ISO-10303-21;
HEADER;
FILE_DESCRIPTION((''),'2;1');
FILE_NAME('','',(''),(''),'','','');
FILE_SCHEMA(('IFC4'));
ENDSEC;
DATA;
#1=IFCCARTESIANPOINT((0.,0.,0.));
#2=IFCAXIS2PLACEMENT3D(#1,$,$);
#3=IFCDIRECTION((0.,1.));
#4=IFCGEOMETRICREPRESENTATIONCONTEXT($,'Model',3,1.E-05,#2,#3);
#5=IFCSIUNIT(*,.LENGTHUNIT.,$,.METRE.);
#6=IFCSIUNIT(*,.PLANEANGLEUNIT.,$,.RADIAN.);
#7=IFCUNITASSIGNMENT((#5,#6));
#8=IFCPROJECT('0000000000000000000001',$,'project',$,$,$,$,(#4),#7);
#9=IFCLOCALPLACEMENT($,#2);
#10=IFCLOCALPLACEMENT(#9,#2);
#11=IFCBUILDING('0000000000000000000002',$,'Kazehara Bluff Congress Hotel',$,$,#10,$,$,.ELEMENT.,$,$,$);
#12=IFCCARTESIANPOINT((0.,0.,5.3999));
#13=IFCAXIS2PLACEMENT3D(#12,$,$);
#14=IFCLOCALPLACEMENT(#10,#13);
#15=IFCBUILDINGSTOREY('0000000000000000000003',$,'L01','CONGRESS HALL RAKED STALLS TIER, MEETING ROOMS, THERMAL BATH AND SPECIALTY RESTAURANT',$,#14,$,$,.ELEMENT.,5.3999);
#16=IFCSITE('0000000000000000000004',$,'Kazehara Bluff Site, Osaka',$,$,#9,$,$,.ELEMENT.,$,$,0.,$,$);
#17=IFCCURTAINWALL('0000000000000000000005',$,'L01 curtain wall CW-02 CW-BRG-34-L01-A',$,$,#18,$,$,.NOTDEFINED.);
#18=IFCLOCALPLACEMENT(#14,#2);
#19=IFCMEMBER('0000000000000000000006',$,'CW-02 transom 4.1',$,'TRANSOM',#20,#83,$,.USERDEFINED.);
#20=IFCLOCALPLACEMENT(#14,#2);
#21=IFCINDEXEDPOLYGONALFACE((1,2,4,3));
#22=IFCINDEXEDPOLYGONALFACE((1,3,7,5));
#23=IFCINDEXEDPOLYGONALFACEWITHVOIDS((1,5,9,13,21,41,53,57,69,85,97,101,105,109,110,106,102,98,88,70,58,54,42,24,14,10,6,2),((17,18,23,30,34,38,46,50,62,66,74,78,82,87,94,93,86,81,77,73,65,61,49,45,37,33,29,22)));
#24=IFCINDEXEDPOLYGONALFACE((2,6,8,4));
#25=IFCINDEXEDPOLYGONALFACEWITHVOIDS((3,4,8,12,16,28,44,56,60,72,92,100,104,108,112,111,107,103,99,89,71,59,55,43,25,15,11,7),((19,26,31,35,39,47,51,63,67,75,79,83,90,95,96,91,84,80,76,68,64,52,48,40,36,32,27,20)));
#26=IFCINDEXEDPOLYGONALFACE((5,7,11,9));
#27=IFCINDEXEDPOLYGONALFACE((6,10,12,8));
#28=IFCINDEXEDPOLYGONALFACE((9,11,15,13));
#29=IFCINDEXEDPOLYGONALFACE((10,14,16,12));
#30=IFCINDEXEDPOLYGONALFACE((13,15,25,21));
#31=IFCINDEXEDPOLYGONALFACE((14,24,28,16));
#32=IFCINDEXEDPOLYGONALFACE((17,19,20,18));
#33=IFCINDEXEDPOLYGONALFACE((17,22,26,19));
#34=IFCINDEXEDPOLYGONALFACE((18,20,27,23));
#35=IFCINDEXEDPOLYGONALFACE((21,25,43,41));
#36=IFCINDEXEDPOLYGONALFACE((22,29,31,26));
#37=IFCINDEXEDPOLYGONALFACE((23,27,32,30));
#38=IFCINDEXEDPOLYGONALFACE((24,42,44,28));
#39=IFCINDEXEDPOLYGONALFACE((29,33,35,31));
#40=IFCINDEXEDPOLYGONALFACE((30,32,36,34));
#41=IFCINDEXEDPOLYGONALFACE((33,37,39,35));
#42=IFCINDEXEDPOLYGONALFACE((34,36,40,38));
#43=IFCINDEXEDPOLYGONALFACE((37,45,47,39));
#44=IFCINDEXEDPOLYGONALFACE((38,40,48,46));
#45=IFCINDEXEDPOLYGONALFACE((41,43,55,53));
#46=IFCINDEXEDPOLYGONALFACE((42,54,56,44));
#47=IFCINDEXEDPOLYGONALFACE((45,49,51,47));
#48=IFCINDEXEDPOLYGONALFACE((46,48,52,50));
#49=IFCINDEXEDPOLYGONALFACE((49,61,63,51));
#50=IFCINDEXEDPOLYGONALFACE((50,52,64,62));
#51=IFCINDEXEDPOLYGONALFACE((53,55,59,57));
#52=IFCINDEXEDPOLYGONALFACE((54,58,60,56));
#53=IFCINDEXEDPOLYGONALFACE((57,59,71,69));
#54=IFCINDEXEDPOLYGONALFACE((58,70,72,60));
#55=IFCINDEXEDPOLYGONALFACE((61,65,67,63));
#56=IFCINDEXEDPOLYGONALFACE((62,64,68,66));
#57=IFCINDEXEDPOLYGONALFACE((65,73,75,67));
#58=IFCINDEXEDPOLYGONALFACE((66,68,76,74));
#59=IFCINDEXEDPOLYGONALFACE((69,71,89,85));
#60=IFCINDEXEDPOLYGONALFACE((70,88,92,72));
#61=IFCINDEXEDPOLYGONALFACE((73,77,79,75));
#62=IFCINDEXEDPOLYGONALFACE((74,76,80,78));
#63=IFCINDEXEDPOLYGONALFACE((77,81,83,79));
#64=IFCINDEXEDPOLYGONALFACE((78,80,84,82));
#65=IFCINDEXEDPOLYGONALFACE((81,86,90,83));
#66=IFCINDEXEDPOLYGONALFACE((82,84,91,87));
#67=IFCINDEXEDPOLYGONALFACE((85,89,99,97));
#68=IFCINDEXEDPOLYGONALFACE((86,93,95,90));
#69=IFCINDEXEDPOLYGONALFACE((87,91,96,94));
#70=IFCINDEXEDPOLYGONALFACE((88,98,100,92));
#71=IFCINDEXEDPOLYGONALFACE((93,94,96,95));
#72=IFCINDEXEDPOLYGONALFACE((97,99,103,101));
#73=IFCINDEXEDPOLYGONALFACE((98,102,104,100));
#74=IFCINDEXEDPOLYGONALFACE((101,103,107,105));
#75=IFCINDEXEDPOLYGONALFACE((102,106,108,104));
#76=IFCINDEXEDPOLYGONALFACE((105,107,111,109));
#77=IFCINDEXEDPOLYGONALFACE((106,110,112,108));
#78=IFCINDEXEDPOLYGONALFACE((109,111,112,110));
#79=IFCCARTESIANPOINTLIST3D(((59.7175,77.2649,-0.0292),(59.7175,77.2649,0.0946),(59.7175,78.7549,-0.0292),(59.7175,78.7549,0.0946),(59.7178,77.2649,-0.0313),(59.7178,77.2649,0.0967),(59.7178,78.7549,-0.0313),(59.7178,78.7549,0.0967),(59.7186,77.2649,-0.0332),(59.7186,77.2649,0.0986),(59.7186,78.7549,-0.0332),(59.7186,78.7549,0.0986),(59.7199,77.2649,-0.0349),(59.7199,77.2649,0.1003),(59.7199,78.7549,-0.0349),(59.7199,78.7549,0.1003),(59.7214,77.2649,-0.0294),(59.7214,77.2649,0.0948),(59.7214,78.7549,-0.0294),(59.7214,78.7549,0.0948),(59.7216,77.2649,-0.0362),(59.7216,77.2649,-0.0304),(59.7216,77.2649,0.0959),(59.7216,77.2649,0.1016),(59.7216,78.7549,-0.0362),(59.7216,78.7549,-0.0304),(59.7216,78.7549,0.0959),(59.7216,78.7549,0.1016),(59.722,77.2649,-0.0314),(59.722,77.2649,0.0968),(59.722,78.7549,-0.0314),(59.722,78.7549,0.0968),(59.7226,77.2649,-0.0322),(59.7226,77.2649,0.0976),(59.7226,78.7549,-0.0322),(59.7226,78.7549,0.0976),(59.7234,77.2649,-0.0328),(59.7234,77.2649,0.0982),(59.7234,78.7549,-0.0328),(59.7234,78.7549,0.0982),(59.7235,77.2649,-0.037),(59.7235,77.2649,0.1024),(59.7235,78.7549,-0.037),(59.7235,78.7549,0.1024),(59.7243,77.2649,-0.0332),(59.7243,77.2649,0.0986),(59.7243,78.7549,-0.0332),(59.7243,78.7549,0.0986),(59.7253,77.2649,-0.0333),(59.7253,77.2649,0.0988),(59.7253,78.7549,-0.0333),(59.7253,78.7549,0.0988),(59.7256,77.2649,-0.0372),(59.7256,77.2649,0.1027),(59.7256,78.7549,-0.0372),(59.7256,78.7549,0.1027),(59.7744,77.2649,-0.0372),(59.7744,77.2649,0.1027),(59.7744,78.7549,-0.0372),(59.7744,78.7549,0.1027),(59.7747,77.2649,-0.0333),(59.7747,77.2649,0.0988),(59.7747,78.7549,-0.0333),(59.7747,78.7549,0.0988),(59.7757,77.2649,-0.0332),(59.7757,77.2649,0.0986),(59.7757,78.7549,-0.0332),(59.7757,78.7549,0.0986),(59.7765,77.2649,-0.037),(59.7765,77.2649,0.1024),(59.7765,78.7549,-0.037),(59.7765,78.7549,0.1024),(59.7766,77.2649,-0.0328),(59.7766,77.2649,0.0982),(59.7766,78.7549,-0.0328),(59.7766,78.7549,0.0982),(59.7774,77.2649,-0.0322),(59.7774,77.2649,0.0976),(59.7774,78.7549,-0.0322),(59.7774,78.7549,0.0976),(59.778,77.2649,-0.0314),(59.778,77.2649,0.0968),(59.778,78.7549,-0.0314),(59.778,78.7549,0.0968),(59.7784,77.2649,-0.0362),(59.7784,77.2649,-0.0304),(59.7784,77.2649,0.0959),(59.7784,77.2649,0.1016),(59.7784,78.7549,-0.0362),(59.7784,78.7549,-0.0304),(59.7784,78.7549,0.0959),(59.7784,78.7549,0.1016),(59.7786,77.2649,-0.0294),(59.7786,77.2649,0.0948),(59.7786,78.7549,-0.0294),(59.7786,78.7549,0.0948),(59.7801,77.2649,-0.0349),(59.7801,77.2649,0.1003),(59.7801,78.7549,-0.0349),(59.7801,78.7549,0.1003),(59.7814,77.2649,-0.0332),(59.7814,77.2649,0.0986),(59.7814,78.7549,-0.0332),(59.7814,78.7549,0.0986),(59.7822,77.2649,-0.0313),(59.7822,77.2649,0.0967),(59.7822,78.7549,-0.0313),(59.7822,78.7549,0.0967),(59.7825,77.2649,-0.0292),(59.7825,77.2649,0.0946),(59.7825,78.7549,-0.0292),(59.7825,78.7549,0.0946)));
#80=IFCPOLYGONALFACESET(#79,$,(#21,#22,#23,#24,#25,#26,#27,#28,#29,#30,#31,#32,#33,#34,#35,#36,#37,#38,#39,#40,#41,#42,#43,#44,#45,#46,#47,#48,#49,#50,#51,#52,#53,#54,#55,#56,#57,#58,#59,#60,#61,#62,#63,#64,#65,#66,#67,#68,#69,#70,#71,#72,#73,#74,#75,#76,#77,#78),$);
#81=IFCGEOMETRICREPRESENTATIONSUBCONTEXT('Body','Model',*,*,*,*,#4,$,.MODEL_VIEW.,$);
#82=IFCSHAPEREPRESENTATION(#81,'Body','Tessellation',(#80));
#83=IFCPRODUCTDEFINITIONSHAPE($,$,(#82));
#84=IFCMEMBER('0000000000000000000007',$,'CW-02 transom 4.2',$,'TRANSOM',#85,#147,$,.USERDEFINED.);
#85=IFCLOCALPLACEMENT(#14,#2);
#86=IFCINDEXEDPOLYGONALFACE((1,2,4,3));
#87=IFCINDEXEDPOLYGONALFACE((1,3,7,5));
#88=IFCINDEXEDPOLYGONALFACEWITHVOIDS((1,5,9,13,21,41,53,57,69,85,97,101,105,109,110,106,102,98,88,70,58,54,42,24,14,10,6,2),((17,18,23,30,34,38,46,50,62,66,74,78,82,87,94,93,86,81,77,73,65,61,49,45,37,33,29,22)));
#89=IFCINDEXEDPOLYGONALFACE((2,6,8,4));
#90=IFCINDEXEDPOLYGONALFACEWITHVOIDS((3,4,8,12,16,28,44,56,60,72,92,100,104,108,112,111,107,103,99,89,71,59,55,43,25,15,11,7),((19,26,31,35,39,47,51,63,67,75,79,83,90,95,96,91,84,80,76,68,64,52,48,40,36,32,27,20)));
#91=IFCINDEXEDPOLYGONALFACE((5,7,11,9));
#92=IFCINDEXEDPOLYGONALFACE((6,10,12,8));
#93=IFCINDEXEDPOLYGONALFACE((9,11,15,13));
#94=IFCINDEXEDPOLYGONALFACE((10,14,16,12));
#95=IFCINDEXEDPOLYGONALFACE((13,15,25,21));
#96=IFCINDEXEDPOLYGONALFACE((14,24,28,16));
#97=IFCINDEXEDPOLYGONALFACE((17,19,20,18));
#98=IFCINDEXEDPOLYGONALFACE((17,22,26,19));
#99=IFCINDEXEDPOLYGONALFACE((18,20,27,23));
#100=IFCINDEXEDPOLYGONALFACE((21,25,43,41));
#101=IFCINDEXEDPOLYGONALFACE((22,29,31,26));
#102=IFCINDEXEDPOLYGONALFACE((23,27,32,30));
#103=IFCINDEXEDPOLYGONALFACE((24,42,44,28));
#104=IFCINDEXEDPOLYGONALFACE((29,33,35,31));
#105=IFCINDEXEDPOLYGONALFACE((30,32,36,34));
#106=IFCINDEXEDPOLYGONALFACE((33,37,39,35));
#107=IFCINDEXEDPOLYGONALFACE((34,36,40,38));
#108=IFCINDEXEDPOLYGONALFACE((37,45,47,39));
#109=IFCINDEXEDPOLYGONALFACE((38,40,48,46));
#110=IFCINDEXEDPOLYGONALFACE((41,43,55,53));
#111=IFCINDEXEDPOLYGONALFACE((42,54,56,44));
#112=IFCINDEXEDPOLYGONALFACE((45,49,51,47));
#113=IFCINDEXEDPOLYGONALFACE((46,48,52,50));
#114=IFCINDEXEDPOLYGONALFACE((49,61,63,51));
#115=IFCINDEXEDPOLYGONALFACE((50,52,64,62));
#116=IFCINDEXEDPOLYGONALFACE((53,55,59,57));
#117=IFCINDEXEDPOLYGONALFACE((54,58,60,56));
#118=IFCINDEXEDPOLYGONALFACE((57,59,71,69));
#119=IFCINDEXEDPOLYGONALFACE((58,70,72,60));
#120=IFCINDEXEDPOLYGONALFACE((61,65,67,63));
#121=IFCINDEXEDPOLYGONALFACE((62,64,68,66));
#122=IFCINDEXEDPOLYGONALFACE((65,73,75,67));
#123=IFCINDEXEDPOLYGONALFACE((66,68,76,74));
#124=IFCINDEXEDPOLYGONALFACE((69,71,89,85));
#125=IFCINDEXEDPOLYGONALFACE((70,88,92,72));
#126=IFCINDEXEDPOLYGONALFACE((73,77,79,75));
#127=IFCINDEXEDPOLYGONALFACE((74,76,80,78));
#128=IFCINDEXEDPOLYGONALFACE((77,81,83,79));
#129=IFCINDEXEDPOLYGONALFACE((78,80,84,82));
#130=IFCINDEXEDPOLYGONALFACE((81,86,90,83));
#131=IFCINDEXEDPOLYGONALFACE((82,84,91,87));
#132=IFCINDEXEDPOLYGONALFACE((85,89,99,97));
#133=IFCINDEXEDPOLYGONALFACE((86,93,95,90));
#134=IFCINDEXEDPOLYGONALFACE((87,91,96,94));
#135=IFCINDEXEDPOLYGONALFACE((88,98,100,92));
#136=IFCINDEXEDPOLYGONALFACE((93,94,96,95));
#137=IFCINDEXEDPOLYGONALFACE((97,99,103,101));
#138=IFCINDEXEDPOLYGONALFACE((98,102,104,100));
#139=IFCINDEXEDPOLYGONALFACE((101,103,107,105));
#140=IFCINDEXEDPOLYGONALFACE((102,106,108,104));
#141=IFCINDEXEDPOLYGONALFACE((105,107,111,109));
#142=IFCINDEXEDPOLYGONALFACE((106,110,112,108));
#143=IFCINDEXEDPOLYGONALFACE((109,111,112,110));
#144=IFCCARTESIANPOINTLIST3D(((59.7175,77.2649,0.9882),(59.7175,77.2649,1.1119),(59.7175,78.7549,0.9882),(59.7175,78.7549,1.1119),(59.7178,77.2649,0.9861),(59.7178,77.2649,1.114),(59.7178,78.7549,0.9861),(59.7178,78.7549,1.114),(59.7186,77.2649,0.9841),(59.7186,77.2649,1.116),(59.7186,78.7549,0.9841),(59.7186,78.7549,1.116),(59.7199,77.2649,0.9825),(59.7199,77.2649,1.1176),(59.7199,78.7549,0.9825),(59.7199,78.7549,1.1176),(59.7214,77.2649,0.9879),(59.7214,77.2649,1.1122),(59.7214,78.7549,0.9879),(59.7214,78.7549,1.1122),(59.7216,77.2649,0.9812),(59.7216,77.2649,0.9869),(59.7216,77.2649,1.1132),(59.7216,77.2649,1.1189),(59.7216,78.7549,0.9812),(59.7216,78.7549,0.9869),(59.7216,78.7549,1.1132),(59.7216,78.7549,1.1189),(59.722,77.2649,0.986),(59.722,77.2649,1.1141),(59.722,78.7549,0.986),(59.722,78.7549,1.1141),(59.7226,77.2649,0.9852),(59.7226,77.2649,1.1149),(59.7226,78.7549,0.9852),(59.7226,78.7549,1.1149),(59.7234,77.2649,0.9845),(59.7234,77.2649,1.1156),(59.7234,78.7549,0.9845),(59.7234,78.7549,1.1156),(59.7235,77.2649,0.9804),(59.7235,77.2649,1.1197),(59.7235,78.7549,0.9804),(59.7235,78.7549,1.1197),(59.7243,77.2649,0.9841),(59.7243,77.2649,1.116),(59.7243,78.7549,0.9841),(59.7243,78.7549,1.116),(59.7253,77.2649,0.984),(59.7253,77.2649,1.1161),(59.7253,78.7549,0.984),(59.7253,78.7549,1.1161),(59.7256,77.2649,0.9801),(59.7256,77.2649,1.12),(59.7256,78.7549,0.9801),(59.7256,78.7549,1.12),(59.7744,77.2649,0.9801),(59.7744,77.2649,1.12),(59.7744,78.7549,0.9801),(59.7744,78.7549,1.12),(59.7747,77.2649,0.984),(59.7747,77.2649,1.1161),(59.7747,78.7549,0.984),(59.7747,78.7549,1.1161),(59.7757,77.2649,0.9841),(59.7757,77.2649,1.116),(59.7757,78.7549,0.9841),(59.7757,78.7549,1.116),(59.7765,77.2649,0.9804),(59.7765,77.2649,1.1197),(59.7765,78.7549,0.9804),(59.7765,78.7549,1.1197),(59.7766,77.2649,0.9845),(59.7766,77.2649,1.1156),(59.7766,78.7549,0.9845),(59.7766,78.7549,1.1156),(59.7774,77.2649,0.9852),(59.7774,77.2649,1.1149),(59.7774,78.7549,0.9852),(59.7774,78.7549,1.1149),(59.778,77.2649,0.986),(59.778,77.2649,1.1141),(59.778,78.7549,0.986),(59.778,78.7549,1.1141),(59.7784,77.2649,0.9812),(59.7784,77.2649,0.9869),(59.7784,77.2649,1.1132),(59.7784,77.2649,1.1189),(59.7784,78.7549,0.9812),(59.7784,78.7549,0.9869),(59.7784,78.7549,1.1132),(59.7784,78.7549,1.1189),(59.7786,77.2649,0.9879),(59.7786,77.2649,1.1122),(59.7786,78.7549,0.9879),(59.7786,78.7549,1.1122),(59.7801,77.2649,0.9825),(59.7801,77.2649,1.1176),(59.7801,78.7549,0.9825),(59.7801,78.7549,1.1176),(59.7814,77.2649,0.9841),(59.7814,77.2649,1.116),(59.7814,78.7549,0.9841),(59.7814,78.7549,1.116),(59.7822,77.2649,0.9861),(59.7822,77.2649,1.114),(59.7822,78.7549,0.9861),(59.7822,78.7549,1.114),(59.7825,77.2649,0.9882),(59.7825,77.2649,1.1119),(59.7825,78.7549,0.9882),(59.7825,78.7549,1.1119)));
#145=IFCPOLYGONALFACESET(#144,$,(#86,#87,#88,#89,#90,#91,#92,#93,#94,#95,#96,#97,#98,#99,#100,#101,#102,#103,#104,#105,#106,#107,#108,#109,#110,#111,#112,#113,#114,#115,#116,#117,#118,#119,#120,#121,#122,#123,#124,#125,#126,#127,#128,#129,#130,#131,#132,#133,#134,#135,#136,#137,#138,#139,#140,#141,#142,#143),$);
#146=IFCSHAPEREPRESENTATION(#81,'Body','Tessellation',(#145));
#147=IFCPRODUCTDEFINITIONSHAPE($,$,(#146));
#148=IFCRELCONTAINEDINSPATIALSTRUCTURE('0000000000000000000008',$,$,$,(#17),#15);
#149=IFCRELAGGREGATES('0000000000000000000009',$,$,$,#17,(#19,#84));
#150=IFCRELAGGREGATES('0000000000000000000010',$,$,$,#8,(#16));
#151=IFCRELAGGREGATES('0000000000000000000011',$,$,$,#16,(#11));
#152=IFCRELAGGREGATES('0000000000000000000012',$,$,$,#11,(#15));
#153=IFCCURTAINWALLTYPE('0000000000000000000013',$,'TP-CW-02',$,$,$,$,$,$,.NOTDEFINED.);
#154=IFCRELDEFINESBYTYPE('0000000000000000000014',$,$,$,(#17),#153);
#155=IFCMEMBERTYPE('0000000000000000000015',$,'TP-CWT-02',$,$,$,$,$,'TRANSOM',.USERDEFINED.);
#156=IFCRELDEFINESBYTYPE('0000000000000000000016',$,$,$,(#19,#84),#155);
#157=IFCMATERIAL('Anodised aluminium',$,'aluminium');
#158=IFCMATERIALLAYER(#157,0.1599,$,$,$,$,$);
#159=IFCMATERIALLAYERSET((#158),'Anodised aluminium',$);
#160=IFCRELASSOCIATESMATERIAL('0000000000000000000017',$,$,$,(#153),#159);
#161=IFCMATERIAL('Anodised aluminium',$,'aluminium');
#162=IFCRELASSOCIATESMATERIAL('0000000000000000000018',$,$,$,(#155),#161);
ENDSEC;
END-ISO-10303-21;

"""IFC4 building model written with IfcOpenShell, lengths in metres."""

from ifc_helpers import new_model, si_unit, direction, frame, origin, origin_2d, place, context, subcontext, project, spatial, hollow_rectangle, extrude, material, layer, layer_set, material_profile, profile_set, type_object, element, aggregate, save


model = new_model("IFC4")

# Units and contexts
model_context = context("Model", 3, precision=1e-05, world=origin(), true_north=direction((0.0, 1.0)))
body_context = subcontext(model_context, "Body", "Model", "MODEL_VIEW")
ifc_project = project(units=[si_unit("LENGTHUNIT", "METRE"), si_unit("PLANEANGLEUNIT", "RADIAN")], contexts=[model_context])

# Site, building, storey
site_placement = place(None, origin())
site = spatial("IfcSite", under=ifc_project, at=site_placement, Name="Kazehara Bluff Site, Osaka", CompositionType="ELEMENT", RefElevation=0.0)
building_placement = place(site_placement, origin())
building = spatial("IfcBuilding", under=site, at=building_placement, Name="Kazehara Bluff Congress Hotel", CompositionType="ELEMENT")
storey_placement = place(building_placement, frame((0.0, 0.0, 5.3999)))
storey = spatial("IfcBuildingStorey", under=building, at=storey_placement, Name="L01", Description="CONGRESS HALL RAKED STALLS TIER, MEETING ROOMS, THERMAL BATH AND SPECIALTY RESTAURANT", CompositionType="ELEMENT", Elevation=5.3999)

# Curtain wall, members
ifc_material_1 = material(Name="Anodised aluminium", Category="aluminium")
ifc_layer_1 = layer(ifc_material_1, 0.1599)
ifc_layer_set_1 = layer_set([ifc_layer_1], Name="Anodised aluminium")
curtain_wall_type = type_object("IfcCurtainWallType", Name="TP-CW-02", PredefinedType="NOTDEFINED", material=ifc_layer_set_1)
curtain_wall_placement = place(storey_placement, origin())
curtain_wall = element("IfcCurtainWall", 1, at=curtain_wall_placement, inside=storey, type_object=curtain_wall_type, Name="L01 curtain wall CW-02 CW-BRG-34-L01-A", PredefinedType="NOTDEFINED")
ifc_material_2 = material(Name="Anodised aluminium", Category="aluminium")
ifc_material_profile_1 = material_profile(ifc_material_2, hollow_rectangle(XDim=0.0649, YDim=0.1399, WallThickness=0.0039, InnerFilletRadius=0.0039, OuterFilletRadius=0.0081, at=origin_2d()))
ifc_profile_set_1 = profile_set([ifc_material_profile_1], Name="Anodised aluminium")
member_type_1 = type_object("IfcMemberType", Name="TP-CWT-02", ElementType="TRANSOM", PredefinedType="USERDEFINED", material=ifc_profile_set_1)
member_1_placement = place(storey_placement, frame((59.75, 77.2649, 0.0327), z_axis=(0.0, 1.0, 0.0), x_axis=(-1.0, 0.0, 0.0)))
member_1 = element("IfcMember", 2, at=member_1_placement, type_object=member_type_1, Name="CW-02 transom 4.1", ObjectType="TRANSOM", PredefinedType="USERDEFINED", context=body_context, shape_type="SweptSolid", body=[
    extrude(hollow_rectangle(XDim=0.0649, YDim=0.1399, WallThickness=0.0039, InnerFilletRadius=0.0039, OuterFilletRadius=0.0081, at=origin_2d()), origin(), (0.0, 0.0, 1.0), 1.49),
])
member_2_placement = place(storey_placement, frame((59.75, 77.2649, 1.05), z_axis=(0.0, 1.0, 0.0), x_axis=(-1.0, 0.0, 0.0)))
member_2 = element("IfcMember", 3, at=member_2_placement, type_object=member_type_1, Name="CW-02 transom 4.2", ObjectType="TRANSOM", PredefinedType="USERDEFINED", context=body_context, shape_type="SweptSolid", body=[
    extrude(hollow_rectangle(XDim=0.0649, YDim=0.1399, WallThickness=0.0039, InnerFilletRadius=0.0039, OuterFilletRadius=0.0081, at=origin_2d()), origin(), (0.0, 0.0, 1.0), 1.49),
])

aggregate(curtain_wall, [member_1, member_2])

save(model, "model.ifc")
